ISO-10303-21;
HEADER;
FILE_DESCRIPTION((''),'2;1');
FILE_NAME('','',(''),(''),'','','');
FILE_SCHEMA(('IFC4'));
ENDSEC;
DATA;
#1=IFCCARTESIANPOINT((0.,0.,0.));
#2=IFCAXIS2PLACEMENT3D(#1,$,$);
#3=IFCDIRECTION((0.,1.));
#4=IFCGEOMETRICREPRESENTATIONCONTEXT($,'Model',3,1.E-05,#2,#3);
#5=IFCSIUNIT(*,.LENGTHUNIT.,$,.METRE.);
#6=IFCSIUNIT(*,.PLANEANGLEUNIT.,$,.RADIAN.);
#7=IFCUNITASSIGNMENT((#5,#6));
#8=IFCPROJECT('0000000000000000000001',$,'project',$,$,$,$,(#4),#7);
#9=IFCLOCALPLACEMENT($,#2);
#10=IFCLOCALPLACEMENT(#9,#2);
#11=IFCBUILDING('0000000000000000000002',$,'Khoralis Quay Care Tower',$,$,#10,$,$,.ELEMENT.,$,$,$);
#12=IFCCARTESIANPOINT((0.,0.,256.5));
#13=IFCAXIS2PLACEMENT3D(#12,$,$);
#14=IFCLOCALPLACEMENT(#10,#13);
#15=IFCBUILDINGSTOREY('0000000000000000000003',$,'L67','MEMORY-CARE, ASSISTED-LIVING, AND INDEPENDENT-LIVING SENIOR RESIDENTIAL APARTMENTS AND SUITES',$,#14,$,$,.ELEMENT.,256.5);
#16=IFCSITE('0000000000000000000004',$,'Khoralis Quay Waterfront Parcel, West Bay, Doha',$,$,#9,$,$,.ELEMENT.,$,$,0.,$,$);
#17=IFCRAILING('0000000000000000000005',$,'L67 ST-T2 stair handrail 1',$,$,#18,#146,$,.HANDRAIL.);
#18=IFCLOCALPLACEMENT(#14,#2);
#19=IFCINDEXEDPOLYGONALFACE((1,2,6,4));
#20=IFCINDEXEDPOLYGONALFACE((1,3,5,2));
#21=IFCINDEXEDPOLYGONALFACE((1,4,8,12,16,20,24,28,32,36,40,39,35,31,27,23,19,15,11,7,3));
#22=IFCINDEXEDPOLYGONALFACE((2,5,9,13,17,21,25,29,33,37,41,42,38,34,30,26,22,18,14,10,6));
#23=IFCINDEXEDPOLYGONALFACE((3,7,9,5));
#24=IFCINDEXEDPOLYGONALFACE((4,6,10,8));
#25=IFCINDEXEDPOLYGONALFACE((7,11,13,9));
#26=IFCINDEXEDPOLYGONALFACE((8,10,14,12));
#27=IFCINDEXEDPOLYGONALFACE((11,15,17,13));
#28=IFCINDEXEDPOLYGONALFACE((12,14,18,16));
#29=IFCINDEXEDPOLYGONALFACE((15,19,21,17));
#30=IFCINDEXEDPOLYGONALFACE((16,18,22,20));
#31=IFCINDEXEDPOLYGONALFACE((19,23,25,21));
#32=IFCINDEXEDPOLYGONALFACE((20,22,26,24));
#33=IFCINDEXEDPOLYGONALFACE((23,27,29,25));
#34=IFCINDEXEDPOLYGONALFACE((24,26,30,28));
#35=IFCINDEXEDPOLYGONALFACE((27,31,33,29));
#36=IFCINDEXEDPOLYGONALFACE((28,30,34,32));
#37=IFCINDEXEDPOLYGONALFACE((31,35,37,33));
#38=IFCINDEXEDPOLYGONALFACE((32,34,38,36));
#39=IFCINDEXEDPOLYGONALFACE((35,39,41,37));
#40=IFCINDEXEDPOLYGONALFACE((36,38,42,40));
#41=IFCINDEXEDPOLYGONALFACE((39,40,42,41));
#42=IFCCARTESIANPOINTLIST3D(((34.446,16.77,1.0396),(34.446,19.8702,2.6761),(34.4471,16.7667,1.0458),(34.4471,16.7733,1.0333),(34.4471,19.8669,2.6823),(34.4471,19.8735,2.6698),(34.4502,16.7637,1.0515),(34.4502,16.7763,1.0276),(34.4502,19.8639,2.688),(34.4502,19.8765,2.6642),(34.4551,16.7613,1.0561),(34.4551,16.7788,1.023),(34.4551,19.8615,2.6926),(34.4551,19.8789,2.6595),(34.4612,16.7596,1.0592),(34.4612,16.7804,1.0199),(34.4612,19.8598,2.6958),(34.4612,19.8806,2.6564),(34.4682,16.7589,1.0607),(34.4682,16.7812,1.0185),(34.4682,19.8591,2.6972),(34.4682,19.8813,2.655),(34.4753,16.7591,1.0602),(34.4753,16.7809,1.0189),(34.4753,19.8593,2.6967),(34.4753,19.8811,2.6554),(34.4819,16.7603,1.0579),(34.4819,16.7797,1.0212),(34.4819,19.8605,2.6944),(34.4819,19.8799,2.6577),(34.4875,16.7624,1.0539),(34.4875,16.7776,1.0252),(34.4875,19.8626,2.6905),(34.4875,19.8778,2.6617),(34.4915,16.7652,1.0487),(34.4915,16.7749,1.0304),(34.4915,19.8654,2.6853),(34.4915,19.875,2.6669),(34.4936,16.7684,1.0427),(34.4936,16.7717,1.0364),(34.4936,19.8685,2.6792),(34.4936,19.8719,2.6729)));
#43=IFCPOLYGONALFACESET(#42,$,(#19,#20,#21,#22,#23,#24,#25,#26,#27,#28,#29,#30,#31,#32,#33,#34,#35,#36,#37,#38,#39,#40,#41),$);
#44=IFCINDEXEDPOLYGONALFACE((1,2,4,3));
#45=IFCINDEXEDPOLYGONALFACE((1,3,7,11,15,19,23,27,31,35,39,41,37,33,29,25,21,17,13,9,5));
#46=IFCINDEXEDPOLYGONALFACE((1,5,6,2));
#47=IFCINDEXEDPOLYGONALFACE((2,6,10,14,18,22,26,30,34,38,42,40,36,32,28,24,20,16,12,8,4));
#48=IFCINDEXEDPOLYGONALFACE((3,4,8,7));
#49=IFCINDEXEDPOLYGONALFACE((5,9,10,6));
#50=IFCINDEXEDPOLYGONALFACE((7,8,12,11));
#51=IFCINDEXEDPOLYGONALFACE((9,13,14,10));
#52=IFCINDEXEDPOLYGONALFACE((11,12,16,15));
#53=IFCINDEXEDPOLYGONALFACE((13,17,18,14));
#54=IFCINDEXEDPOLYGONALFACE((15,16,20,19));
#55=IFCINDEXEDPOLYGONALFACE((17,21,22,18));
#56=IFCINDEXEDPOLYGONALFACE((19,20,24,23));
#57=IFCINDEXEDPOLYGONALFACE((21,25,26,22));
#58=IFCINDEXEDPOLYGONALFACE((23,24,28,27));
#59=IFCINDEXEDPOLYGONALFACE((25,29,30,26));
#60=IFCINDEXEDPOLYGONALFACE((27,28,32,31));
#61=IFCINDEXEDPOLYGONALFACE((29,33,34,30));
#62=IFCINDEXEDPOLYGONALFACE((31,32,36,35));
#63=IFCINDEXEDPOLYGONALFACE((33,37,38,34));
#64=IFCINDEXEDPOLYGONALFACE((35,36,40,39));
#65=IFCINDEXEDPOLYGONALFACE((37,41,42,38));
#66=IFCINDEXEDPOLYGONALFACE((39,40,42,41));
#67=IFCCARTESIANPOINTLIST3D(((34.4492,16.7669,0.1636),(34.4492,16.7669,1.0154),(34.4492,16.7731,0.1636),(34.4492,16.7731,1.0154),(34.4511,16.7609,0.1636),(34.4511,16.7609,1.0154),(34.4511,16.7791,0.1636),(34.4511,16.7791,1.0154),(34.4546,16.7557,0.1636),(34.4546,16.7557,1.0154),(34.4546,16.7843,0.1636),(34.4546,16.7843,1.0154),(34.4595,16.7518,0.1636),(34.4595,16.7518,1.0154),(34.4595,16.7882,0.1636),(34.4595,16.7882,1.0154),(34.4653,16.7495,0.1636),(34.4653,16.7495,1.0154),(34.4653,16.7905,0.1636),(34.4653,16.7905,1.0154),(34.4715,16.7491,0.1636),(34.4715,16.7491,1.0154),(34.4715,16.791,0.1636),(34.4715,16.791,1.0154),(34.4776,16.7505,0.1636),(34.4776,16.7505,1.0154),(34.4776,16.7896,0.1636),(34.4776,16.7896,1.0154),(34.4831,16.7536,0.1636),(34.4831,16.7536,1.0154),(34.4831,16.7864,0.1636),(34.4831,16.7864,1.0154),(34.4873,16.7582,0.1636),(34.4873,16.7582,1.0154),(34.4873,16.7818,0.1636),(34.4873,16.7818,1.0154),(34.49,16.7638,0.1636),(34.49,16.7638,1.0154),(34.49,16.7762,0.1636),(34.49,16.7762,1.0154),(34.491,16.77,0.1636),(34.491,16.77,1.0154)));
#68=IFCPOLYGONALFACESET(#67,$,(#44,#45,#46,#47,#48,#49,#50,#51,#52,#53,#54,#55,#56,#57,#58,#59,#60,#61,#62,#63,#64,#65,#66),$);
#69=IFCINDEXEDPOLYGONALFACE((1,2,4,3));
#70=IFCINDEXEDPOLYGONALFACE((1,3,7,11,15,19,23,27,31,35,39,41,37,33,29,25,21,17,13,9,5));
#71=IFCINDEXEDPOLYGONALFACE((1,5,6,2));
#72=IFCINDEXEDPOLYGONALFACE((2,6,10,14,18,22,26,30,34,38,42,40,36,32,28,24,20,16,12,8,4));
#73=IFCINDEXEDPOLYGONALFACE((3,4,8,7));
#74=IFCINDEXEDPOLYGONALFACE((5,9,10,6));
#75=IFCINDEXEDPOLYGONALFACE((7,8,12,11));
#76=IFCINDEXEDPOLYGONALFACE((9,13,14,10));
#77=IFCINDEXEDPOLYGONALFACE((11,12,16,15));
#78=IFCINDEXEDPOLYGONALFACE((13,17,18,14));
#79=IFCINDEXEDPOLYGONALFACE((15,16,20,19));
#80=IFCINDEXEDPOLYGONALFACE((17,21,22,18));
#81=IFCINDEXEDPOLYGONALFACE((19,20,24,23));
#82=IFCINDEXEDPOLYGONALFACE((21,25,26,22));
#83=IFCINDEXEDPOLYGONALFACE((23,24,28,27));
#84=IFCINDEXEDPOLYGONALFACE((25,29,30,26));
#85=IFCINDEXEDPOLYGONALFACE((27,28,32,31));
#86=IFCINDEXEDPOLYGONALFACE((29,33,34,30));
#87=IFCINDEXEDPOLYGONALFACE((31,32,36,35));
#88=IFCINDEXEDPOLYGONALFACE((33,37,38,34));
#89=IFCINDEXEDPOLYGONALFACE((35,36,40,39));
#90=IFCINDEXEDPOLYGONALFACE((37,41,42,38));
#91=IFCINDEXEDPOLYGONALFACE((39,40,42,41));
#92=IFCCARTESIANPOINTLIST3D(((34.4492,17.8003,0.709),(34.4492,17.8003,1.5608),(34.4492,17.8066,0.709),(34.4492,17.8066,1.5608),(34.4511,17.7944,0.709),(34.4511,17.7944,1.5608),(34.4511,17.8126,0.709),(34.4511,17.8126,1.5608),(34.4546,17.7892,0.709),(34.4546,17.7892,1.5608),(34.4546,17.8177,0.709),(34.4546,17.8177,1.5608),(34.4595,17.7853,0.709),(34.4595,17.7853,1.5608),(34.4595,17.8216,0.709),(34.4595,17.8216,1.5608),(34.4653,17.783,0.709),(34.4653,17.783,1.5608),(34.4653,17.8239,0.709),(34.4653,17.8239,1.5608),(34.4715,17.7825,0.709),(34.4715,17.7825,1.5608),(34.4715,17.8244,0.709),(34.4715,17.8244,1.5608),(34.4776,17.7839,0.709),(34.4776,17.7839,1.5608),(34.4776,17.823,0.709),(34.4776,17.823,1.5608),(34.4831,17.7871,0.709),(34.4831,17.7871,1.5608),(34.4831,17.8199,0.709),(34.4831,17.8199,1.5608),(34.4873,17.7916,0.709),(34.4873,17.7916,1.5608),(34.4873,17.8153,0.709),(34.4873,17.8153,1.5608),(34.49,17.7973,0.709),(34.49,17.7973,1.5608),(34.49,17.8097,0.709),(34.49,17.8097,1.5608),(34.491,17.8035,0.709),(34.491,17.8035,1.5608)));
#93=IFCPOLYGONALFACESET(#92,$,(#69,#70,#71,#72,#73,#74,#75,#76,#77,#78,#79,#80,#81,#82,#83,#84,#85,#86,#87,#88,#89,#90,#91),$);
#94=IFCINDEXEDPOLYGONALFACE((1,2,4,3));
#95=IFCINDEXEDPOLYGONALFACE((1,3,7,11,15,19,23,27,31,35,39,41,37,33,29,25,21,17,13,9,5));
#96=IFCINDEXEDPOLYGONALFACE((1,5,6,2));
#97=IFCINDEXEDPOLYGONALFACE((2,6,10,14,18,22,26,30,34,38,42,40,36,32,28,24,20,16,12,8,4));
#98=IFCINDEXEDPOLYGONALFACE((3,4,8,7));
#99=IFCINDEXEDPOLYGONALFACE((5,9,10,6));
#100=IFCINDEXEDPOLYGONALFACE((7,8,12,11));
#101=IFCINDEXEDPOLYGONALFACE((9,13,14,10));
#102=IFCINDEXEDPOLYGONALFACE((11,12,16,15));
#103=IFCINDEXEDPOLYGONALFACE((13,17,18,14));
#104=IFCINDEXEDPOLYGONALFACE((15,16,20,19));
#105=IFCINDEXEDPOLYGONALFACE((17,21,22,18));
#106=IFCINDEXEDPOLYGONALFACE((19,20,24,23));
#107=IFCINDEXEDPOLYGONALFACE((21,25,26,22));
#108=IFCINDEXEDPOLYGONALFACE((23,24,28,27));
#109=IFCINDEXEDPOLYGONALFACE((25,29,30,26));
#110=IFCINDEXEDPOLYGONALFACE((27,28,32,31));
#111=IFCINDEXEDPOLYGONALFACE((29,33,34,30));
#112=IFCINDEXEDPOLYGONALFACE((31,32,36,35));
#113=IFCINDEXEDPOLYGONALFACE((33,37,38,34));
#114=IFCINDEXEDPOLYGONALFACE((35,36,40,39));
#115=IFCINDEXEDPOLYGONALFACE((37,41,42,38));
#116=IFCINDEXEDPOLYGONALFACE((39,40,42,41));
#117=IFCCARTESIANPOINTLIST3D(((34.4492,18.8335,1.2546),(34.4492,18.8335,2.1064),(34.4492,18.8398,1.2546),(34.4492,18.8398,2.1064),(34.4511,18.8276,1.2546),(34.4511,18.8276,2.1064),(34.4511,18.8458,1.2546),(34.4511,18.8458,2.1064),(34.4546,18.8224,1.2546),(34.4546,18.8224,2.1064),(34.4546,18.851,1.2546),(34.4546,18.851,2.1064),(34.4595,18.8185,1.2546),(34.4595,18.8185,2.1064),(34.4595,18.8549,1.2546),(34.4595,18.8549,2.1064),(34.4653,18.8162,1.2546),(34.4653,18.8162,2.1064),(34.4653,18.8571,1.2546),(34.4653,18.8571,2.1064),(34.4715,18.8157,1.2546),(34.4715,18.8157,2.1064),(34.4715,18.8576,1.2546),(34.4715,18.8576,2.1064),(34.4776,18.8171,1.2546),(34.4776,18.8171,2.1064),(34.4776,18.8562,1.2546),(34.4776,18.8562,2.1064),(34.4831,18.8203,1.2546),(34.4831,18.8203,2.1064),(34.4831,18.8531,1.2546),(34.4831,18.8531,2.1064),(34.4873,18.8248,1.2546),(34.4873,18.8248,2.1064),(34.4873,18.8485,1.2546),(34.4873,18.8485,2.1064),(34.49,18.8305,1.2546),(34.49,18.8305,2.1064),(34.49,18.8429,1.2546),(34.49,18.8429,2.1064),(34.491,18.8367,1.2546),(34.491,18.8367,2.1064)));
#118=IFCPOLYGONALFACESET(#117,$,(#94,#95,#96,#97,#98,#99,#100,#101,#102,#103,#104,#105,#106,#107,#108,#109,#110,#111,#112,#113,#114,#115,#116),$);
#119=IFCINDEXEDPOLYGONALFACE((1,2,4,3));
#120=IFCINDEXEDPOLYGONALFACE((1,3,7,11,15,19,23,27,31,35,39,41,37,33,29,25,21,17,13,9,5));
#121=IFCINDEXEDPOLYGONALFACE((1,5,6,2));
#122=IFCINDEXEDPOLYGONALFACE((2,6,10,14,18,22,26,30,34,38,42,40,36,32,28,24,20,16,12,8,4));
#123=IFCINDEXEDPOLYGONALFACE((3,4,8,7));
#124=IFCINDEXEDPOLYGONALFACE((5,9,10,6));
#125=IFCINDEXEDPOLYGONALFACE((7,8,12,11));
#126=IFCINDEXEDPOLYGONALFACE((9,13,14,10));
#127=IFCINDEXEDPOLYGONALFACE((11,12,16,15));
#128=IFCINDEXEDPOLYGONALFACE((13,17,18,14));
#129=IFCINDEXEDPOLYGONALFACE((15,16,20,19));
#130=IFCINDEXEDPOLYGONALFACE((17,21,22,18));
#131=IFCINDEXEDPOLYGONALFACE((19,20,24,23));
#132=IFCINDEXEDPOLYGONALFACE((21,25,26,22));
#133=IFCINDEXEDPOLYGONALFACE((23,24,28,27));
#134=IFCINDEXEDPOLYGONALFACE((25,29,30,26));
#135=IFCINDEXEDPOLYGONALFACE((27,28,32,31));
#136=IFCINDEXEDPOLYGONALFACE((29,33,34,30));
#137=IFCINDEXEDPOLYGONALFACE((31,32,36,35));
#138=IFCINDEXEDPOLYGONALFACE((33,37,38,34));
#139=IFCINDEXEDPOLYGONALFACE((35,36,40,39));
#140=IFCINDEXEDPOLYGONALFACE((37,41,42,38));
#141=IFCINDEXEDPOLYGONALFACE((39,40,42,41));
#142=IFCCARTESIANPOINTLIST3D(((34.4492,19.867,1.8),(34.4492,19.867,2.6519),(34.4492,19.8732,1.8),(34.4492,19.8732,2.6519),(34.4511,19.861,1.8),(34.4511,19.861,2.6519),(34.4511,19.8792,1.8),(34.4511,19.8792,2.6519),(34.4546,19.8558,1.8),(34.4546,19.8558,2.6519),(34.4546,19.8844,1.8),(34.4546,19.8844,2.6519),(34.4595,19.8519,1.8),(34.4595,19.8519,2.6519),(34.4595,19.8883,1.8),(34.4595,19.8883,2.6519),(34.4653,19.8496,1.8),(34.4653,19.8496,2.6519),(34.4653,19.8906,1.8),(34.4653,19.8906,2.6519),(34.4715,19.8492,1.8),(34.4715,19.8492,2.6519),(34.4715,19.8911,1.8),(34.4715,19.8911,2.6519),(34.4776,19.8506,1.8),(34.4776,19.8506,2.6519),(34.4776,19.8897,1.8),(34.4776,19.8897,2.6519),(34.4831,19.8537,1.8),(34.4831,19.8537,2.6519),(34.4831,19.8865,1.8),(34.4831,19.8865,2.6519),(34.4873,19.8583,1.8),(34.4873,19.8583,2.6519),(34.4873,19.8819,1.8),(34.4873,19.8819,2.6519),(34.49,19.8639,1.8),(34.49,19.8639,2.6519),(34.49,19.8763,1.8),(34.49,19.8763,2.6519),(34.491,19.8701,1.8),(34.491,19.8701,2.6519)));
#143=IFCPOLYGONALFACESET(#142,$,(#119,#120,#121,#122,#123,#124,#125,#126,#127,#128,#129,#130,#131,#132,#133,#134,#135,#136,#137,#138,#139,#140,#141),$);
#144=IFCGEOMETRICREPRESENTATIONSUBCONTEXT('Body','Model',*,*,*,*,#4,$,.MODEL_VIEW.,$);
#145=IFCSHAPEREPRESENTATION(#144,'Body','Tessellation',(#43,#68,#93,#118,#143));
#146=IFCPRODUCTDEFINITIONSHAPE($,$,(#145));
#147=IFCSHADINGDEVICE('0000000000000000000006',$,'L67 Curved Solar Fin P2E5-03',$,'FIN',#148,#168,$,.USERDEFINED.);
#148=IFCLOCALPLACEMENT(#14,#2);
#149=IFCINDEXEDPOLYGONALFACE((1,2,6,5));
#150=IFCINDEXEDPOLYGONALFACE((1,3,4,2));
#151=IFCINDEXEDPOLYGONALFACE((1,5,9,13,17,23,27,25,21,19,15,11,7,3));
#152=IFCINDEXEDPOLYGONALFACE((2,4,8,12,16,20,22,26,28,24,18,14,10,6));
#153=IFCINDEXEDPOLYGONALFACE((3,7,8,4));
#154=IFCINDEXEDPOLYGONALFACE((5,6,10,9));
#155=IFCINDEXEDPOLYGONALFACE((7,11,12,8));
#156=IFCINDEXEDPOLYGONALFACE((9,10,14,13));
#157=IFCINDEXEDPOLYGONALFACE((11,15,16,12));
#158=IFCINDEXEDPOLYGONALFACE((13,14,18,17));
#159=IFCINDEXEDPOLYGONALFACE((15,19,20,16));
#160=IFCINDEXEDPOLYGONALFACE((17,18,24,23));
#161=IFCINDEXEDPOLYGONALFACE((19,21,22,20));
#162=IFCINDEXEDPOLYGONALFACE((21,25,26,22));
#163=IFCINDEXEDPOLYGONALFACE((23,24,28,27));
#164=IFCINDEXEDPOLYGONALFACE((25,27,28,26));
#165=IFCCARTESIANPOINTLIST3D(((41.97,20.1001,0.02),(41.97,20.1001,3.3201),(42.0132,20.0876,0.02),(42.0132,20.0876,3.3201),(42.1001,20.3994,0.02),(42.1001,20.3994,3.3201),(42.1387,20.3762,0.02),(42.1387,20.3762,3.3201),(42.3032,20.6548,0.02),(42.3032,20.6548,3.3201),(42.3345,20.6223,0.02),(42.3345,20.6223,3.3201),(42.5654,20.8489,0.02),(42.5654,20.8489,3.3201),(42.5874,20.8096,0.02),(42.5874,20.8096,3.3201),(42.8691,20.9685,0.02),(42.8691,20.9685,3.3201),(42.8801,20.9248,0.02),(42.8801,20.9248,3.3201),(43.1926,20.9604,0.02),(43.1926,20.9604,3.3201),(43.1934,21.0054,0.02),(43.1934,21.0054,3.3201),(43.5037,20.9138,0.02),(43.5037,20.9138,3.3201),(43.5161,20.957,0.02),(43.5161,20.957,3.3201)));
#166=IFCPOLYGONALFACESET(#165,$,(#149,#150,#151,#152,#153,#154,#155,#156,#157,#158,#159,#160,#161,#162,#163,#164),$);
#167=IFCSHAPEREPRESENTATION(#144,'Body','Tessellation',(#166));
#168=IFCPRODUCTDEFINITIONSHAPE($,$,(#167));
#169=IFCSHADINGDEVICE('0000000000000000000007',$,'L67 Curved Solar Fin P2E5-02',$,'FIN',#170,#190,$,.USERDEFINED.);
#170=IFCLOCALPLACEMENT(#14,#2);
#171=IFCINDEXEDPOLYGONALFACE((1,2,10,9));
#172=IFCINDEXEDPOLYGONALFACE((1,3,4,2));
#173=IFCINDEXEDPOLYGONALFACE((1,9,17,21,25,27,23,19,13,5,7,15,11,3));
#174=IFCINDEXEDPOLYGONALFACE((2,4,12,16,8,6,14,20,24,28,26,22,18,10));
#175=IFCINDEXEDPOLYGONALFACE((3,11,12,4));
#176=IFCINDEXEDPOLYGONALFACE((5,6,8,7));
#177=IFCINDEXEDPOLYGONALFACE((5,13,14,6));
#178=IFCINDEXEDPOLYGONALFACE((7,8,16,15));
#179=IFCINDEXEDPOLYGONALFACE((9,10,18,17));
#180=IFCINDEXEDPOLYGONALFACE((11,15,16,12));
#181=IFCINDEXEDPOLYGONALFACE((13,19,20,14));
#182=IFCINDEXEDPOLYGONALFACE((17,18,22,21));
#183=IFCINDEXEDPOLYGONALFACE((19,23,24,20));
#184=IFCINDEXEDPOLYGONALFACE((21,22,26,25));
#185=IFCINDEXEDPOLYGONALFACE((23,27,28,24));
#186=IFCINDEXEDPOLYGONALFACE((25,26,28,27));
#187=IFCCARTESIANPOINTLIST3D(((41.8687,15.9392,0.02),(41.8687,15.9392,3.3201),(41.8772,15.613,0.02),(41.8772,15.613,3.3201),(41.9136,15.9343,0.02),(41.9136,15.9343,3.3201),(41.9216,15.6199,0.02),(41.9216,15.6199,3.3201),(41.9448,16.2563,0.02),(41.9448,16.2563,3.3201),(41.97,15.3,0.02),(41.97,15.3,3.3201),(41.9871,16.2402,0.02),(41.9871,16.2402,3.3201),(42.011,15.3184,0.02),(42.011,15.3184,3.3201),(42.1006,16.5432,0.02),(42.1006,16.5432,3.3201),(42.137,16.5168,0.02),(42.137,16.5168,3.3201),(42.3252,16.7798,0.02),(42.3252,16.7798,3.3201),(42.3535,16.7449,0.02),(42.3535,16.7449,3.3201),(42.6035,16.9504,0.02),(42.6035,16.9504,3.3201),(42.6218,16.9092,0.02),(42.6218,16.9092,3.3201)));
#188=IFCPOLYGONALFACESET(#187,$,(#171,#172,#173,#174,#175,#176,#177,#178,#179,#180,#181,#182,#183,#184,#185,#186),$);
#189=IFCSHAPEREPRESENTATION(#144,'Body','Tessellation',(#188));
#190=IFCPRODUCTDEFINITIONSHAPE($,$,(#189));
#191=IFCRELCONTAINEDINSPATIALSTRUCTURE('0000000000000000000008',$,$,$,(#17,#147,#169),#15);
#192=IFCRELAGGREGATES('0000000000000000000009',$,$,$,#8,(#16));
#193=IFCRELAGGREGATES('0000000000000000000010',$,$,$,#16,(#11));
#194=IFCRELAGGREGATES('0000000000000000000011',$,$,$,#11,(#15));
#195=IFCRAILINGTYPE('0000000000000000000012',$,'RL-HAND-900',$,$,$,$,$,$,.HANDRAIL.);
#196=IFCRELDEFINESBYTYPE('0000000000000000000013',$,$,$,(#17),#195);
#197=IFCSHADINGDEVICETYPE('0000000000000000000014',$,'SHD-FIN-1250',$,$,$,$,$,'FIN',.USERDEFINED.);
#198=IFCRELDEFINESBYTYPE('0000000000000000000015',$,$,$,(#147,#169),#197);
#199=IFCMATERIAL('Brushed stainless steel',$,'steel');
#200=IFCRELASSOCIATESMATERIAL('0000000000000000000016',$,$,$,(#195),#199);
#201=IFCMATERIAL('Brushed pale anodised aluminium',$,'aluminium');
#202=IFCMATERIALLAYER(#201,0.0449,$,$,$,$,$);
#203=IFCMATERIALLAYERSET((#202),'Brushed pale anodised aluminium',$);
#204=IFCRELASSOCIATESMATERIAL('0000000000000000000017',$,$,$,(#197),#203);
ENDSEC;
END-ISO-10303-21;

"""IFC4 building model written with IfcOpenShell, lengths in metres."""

from ifc_helpers import new_model, si_unit, direction, frame, origin, origin_2d, place, context, subcontext, project, spatial, polyline, circle, outline, extrude, source, transform, mapped, material, layer, layer_set, type_object, element, save


model = new_model("IFC4")

# Units and contexts
model_context = context("Model", 3, precision=1e-05, world=origin(), true_north=direction((0.0, 1.0)))
body_context = subcontext(model_context, "Body", "Model", "MODEL_VIEW")
ifc_project = project(units=[si_unit("LENGTHUNIT", "METRE"), si_unit("PLANEANGLEUNIT", "RADIAN")], contexts=[model_context])

# Site, building, storey
site_placement = place(None, origin())
site = spatial("IfcSite", under=ifc_project, at=site_placement, Name="Khoralis Quay Waterfront Parcel, West Bay, Doha", CompositionType="ELEMENT", RefElevation=0.0)
building_placement = place(site_placement, origin())
building = spatial("IfcBuilding", under=site, at=building_placement, Name="Khoralis Quay Care Tower", CompositionType="ELEMENT")
storey_placement = place(building_placement, frame((0.0, 0.0, 256.5)))
storey = spatial("IfcBuildingStorey", under=building, at=storey_placement, Name="L67", Description="MEMORY-CARE, ASSISTED-LIVING, AND INDEPENDENT-LIVING SENIOR RESIDENTIAL APARTMENTS AND SUITES", CompositionType="ELEMENT", Elevation=256.5)

# Railing
ifc_material_1 = material(Name="Brushed stainless steel", Category="steel")
railing_type_1 = type_object("IfcRailingType", Name="RL-HAND-900", PredefinedType="HANDRAIL", material=ifc_material_1)
railing_1_placement = place(storey_placement, frame((34.47, 16.77, 0.1636)))
element("IfcRailing", 1, at=railing_1_placement, inside=storey, type_object=railing_type_1, Name="L67 ST-T2 stair handrail 1", PredefinedType="HANDRAIL", context=body_context, shape_type="SweptSolid", body=[
    extrude(circle(Radius=0.0239, at=origin_2d()), frame((0.0, 0.0, 0.876), z_axis=(0.0, 0.884348, 0.466828), x_axis=(-1.0, 0.0, 0.0)), (0.0, 0.0, 1.0), 3.5056),
    extrude(circle(Radius=0.021, at=origin_2d()), origin(), (0.0, 0.0, 1.0), 0.8518),
    extrude(circle(Radius=0.021, at=origin_2d()), frame((0.0, 1.0334, 0.5454)), (0.0, 0.0, 1.0), 0.8518),
    extrude(circle(Radius=0.021, at=origin_2d()), frame((0.0, 2.0667, 1.0911)), (0.0, 0.0, 1.0), 0.8518),
    extrude(circle(Radius=0.021, at=origin_2d()), frame((0.0, 3.1001, 1.6365)), (0.0, 0.0, 1.0), 0.8518),
])

# Shading devices
ifc_material_2 = material(Name="Brushed pale anodised aluminium", Category="aluminium")
ifc_layer_1 = layer(ifc_material_2, 0.0449)
ifc_layer_set_1 = layer_set([ifc_layer_1], Name="Brushed pale anodised aluminium")
shading_device_type = type_object("IfcShadingDeviceType", Name="SHD-FIN-1250", ElementType="FIN", PredefinedType="USERDEFINED", material=ifc_layer_set_1)
shared_shape_1 = source(origin(), body_context, "Body", "SweptSolid", [
    extrude(outline(polyline([(0.0, 0.0), (0.1301, 0.2993), (0.3333, 0.5547), (0.5955, 0.7488), (0.8992, 0.8684), (1.2234, 0.9053), (1.5461, 0.8569), (1.5337, 0.8137), (1.2227, 0.8604), (0.9102, 0.8247), (0.6174, 0.7095), (0.3645, 0.5222), (0.1687, 0.2761), (0.0432, -0.0125), (0.0, 0.0)])), origin(), (0.0, 0.0, 1.0), 3.3),
])
shading_device_1_placement = place(storey_placement, frame((41.97, 20.1001, 0.02), z_axis=(0.0, 0.0, 1.0), x_axis=(1.0, 0.0, 0.0)))
element("IfcShadingDevice", 2, at=shading_device_1_placement, inside=storey, type_object=shading_device_type, Name="L67 Curved Solar Fin P2E5-03", ObjectType="FIN", PredefinedType="USERDEFINED", context=body_context, shape_type="MappedRepresentation", body=[
    mapped(shared_shape_1, transform((0.0, 0.0, 0.0), scale=1.0)),
])
shared_shape_2 = source(origin(), body_context, "Body", "SweptSolid", [
    extrude(outline(polyline([(0.0, 0.0), (-0.0928, 0.313), (-0.1013, 0.6392), (-0.0251, 0.9563), (0.1306, 1.2432), (0.3552, 1.4797), (0.6335, 1.6504), (0.6519, 1.6091), (0.3835, 1.4448), (0.167, 1.2168), (0.0171, 0.9402), (-0.0564, 0.6343), (-0.0483, 0.3198), (0.041, 0.0183), (0.0, 0.0)])), origin(), (0.0, 0.0, 1.0), 3.3),
])
shading_device_2_placement = place(storey_placement, frame((41.97, 15.3, 0.02), z_axis=(0.0, 0.0, 1.0), x_axis=(1.0, 0.0, 0.0)))
element("IfcShadingDevice", 3, at=shading_device_2_placement, inside=storey, type_object=shading_device_type, Name="L67 Curved Solar Fin P2E5-02", ObjectType="FIN", PredefinedType="USERDEFINED", context=body_context, shape_type="MappedRepresentation", body=[
    mapped(shared_shape_2, transform((0.0, 0.0, 0.0), scale=1.0)),
])

save(model, "model.ifc")
